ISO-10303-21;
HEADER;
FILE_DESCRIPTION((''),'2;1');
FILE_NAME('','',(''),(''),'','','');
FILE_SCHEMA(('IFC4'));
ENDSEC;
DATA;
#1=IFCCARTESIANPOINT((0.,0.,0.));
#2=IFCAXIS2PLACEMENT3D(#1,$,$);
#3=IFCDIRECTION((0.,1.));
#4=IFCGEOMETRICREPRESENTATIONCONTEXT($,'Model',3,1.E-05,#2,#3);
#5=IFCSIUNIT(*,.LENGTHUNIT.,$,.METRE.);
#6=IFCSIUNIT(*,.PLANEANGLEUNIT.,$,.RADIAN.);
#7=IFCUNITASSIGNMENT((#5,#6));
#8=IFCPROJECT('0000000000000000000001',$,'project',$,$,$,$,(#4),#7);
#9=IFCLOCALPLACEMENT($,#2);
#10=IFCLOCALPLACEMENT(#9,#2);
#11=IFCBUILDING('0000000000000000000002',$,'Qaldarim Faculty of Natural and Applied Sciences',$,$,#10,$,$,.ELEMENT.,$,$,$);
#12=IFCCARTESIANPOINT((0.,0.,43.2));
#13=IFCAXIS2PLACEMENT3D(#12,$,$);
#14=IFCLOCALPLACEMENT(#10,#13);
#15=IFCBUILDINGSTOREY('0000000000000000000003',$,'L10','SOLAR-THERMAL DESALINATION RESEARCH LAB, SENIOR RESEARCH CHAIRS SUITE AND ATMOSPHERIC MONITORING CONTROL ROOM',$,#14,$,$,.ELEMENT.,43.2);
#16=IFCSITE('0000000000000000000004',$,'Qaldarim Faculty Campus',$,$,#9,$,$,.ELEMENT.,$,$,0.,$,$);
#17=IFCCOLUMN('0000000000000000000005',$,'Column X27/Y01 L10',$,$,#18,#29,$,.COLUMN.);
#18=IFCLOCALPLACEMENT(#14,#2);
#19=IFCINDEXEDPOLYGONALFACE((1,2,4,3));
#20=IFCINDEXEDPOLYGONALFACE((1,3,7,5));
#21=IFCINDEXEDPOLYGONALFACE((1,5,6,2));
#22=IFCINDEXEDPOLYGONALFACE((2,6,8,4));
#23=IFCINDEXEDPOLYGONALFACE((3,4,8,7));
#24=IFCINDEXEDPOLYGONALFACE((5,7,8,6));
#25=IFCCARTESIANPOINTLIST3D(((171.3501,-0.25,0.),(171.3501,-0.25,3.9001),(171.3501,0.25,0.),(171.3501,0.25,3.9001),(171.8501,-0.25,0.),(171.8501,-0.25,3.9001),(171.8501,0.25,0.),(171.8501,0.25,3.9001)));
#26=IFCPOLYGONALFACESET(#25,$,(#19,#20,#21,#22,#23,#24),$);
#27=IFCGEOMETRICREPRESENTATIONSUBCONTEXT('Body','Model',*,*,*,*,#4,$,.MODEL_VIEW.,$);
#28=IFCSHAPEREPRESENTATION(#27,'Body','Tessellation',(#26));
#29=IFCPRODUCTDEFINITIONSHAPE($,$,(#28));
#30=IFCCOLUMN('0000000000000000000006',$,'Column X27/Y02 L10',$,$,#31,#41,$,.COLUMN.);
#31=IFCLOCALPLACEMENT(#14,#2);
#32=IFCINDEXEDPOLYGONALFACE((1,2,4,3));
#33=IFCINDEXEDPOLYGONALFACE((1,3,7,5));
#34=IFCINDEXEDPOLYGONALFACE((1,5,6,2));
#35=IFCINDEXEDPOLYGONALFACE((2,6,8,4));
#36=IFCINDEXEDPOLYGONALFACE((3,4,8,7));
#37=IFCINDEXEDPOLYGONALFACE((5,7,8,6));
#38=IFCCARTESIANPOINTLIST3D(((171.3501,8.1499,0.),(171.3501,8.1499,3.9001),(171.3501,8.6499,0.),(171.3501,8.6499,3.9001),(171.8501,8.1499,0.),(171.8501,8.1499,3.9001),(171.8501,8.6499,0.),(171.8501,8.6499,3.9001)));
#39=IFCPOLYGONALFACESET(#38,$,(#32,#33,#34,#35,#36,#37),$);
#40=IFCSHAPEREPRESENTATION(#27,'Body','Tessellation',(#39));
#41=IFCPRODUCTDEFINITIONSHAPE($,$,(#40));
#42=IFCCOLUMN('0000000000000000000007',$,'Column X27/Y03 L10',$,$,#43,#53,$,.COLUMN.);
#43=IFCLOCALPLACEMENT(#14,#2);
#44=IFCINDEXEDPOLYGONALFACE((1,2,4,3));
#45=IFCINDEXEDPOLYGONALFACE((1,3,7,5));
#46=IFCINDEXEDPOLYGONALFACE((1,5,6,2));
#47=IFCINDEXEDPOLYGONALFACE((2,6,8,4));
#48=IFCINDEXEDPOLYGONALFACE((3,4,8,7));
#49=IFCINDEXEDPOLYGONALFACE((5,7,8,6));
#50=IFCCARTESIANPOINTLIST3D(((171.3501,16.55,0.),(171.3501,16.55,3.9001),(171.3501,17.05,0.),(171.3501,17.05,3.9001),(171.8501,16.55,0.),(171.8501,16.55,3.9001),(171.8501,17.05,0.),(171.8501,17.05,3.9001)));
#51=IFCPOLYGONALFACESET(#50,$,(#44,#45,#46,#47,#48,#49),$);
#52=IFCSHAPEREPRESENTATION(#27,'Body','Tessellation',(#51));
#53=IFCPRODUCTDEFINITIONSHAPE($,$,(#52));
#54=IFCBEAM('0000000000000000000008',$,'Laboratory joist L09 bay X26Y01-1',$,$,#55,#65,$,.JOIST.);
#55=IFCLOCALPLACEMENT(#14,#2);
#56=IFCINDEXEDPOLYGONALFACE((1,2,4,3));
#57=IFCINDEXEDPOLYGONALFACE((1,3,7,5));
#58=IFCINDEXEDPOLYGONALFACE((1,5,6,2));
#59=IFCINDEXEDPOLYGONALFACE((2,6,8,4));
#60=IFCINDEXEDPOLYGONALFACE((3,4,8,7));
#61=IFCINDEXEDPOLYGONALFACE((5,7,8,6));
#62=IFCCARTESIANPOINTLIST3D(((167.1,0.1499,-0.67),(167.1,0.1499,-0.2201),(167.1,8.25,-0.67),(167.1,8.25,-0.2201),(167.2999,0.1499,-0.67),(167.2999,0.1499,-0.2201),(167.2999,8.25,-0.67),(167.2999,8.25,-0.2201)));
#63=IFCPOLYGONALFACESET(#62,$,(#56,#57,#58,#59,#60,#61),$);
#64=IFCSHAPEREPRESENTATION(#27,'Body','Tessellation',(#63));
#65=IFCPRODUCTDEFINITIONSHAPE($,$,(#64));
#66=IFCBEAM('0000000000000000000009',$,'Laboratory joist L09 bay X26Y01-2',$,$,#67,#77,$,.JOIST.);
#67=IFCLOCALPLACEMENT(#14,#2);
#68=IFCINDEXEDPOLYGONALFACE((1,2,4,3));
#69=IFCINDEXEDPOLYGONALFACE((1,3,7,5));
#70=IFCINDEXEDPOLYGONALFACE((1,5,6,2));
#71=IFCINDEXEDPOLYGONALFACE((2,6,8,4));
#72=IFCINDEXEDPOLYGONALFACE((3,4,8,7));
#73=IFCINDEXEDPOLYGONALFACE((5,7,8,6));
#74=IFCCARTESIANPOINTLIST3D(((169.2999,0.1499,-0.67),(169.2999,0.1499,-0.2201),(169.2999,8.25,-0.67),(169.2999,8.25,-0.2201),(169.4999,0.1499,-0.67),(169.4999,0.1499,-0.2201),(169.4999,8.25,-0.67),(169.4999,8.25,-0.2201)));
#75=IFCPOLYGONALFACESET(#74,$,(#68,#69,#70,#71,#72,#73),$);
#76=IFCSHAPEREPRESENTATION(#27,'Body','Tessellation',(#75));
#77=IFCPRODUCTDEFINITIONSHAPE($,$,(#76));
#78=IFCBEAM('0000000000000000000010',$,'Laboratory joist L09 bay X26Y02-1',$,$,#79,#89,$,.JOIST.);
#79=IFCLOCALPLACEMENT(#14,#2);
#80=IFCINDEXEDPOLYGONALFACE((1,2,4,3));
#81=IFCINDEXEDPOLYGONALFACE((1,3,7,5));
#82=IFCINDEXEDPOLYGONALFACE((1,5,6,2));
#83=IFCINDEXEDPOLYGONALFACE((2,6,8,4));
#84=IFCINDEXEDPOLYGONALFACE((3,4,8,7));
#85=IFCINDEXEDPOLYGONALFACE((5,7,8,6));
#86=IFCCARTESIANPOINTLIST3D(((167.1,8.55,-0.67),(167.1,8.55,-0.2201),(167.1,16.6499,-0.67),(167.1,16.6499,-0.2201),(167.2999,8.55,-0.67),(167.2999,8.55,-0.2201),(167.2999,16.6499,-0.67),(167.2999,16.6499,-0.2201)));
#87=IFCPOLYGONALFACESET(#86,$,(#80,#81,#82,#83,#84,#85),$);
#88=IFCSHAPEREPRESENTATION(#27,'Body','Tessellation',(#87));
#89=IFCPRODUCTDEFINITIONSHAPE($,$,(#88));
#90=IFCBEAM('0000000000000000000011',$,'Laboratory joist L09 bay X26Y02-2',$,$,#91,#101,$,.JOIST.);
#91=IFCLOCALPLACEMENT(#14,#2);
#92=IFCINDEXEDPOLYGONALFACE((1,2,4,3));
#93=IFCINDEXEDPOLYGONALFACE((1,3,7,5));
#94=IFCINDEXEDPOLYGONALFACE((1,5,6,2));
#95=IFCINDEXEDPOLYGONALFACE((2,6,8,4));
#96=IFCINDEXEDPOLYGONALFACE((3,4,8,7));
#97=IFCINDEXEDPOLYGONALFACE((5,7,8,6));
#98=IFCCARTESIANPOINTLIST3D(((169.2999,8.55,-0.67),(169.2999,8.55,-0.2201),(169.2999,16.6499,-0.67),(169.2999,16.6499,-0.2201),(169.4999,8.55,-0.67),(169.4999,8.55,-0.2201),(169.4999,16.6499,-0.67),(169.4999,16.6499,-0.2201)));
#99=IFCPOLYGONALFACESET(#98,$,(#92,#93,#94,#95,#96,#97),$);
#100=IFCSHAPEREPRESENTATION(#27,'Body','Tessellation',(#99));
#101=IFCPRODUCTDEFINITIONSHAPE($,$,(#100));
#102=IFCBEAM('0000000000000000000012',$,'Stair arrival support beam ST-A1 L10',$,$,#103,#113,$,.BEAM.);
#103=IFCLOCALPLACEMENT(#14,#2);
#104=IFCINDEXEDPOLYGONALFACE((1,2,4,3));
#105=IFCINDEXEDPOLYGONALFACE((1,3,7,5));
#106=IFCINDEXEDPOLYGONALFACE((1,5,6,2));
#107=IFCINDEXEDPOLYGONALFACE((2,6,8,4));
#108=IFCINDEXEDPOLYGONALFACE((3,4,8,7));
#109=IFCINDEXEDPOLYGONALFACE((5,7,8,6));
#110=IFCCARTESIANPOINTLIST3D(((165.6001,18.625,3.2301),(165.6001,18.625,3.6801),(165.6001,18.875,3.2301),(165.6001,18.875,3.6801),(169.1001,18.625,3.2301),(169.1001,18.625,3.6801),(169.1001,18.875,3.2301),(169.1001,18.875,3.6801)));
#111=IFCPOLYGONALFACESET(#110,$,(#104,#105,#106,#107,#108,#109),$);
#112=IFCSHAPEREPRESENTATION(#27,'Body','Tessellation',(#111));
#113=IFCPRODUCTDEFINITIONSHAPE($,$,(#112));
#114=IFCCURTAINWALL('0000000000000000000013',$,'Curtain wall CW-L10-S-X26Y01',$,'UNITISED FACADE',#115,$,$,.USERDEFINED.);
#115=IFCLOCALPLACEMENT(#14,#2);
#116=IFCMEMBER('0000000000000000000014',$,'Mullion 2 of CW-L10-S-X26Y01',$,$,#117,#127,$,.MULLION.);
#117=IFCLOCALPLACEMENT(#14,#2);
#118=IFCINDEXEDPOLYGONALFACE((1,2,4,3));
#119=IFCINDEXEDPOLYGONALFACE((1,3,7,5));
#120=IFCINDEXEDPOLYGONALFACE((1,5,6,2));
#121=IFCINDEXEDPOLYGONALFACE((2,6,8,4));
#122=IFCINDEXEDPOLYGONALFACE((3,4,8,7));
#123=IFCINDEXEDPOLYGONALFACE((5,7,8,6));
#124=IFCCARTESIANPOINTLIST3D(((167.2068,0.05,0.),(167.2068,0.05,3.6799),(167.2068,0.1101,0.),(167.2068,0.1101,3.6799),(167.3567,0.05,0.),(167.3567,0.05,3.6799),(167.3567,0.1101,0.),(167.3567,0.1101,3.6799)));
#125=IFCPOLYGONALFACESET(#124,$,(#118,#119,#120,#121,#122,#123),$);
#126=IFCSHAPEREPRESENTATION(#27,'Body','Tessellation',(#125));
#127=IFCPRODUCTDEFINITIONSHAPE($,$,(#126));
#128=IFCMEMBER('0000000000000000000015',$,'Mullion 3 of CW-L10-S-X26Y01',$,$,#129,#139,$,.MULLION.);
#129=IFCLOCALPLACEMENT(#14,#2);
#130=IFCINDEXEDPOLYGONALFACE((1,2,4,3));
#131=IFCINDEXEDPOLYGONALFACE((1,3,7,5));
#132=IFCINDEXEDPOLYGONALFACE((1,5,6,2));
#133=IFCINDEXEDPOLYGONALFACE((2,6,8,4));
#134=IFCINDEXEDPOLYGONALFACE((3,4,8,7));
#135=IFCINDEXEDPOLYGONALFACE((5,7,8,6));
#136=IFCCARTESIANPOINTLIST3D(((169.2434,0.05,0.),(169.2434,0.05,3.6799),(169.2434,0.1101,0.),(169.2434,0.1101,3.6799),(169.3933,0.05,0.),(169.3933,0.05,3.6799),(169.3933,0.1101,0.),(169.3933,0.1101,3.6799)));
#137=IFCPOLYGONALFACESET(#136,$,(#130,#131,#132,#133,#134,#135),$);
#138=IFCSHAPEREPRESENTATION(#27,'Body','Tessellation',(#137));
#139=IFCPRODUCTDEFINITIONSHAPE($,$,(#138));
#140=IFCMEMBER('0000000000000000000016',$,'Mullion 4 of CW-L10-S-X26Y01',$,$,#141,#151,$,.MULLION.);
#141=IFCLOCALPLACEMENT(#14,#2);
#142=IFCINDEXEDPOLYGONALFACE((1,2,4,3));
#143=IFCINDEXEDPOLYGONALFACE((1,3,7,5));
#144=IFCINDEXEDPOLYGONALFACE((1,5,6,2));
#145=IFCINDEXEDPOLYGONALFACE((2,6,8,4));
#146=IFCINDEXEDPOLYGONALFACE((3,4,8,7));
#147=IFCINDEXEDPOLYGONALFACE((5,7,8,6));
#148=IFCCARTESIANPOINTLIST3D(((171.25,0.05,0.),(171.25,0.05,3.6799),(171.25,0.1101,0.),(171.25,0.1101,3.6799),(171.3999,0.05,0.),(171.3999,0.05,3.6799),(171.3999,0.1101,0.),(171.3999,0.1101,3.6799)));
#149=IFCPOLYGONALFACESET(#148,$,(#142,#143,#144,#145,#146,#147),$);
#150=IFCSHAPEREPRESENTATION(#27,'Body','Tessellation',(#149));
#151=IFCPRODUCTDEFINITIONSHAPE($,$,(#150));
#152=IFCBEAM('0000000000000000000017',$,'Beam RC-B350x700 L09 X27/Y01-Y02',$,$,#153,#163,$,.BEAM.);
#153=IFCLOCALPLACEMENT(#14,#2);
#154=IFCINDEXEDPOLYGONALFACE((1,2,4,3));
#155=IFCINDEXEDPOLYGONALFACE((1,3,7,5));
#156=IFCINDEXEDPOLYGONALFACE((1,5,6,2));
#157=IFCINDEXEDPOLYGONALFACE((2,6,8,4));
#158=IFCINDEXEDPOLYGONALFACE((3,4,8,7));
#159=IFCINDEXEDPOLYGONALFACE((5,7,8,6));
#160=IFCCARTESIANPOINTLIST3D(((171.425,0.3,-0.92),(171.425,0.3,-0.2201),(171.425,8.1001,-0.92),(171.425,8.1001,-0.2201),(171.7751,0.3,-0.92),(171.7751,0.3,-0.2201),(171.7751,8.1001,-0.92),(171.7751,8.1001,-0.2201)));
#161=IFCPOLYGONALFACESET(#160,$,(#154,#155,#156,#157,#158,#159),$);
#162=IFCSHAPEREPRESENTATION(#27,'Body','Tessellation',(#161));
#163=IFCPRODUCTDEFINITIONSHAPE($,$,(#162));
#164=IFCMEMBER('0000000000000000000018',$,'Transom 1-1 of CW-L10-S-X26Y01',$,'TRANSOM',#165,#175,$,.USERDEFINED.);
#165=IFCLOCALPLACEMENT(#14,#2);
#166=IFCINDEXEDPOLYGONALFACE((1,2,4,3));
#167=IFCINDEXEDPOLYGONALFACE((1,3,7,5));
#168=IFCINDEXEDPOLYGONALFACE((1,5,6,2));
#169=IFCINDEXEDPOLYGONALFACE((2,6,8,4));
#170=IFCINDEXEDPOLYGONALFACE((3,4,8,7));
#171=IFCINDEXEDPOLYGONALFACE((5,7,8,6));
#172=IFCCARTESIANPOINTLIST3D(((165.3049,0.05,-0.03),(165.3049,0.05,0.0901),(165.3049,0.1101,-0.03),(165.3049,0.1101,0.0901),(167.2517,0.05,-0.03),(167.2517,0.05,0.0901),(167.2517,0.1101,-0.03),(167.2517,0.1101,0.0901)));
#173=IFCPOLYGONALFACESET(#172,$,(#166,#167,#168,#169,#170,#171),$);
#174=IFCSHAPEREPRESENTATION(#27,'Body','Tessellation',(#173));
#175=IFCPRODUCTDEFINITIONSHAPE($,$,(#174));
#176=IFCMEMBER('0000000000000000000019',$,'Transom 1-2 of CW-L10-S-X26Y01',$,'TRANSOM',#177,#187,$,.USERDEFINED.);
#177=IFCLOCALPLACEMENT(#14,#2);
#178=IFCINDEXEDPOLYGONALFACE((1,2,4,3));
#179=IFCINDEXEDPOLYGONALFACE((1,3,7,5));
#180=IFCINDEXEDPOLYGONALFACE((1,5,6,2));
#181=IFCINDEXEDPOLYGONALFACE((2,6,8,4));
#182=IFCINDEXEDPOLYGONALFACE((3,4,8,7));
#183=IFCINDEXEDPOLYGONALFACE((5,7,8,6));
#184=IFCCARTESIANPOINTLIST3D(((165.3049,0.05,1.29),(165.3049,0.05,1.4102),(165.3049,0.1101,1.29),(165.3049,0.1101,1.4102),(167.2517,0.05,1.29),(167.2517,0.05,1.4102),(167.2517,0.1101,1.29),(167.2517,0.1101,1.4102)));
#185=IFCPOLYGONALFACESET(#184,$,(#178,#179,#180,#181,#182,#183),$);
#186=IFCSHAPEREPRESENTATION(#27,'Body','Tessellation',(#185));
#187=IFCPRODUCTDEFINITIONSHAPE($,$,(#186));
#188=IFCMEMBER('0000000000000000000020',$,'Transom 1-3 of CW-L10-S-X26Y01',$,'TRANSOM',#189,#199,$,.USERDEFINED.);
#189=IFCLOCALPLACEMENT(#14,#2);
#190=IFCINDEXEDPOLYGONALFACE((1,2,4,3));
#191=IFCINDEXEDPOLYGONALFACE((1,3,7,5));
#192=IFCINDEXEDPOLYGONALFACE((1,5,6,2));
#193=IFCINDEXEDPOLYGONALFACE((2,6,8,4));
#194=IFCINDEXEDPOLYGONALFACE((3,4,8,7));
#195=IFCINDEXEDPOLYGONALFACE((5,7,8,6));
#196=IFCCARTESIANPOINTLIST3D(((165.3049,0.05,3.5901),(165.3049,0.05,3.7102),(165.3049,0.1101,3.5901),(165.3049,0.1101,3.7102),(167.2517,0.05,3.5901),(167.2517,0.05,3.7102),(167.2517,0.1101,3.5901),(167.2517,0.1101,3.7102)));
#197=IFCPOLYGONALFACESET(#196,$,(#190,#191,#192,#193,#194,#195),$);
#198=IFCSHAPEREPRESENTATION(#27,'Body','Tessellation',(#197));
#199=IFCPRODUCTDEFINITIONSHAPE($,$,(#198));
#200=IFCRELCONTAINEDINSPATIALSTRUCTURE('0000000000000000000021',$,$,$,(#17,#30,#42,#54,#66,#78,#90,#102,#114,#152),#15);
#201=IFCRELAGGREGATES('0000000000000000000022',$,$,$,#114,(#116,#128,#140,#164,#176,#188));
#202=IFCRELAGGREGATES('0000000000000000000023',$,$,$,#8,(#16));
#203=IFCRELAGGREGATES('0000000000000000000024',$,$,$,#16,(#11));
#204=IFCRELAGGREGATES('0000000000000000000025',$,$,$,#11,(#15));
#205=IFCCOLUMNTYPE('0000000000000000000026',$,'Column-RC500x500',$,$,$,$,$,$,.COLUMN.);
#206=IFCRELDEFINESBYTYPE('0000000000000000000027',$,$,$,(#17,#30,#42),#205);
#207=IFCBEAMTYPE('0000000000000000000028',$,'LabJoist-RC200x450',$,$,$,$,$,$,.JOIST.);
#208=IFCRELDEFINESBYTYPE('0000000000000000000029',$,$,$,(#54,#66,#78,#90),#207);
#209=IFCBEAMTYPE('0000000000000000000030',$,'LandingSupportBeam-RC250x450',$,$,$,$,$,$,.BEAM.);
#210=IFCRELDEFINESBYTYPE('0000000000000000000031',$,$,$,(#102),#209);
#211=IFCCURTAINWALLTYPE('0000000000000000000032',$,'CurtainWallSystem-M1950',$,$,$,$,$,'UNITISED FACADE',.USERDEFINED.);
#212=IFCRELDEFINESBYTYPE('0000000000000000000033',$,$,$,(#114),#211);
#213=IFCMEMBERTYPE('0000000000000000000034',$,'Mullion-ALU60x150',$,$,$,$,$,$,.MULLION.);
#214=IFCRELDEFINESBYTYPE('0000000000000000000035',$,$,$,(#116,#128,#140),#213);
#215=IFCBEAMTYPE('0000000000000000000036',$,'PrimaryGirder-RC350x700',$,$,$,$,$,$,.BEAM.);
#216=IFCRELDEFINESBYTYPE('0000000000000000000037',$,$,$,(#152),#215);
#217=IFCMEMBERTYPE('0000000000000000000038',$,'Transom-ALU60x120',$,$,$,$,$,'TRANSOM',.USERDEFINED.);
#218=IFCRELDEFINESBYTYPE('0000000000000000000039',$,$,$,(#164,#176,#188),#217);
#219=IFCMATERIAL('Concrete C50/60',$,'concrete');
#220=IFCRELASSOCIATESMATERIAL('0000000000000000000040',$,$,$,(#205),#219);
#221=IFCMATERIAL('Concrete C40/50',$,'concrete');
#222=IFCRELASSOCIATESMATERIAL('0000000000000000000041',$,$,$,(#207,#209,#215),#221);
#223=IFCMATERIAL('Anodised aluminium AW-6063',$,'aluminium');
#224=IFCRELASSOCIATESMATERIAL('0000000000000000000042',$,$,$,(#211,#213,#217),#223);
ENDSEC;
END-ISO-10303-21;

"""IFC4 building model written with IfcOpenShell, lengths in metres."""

from ifc_helpers import new_model, si_unit, direction, frame, origin, origin_2d, place, context, subcontext, project, spatial, rectangle, extrude, material, material_profile, profile_set, type_object, element, aggregate, save


model = new_model("IFC4")

# Units and contexts
model_context = context("Model", 3, precision=1e-05, world=origin(), true_north=direction((0.0, 1.0)))
body_context = subcontext(model_context, "Body", "Model", "MODEL_VIEW")
ifc_project = project(units=[si_unit("LENGTHUNIT", "METRE"), si_unit("PLANEANGLEUNIT", "RADIAN")], contexts=[model_context])

# Site, building, storey
site_placement = place(None, origin())
site = spatial("IfcSite", under=ifc_project, at=site_placement, Name="Qaldarim Faculty Campus", CompositionType="ELEMENT", RefElevation=0.0)
building_placement = place(site_placement, origin())
building = spatial("IfcBuilding", under=site, at=building_placement, Name="Qaldarim Faculty of Natural and Applied Sciences", CompositionType="ELEMENT")
storey_placement = place(building_placement, frame((0.0, 0.0, 43.2)))
storey = spatial("IfcBuildingStorey", under=building, at=storey_placement, Name="L10", Description="SOLAR-THERMAL DESALINATION RESEARCH LAB, SENIOR RESEARCH CHAIRS SUITE AND ATMOSPHERIC MONITORING CONTROL ROOM", CompositionType="ELEMENT", Elevation=43.2)

# Columns
ifc_material_1 = material(Name="Concrete C50/60", Category="concrete")
ifc_material_profile_1 = material_profile(ifc_material_1, rectangle(XDim=0.5, YDim=0.5, at=origin_2d()), Name="RC-C500x500")
ifc_profile_set_1 = profile_set([ifc_material_profile_1], Name="Concrete C50/60")
column_type = type_object("IfcColumnType", Name="Column-RC500x500", PredefinedType="COLUMN", material=ifc_profile_set_1)
for number, where, z_axis, x_axis, name in (
    (1, (171.6001, 0.0, 0.0), (0.0, 0.0, 1.0), (1.0, 0.0, 0.0), "Column X27/Y01 L10"),
    (2, (171.6001, 8.3999, 0.0), (0.0, 0.0, 1.0), (1.0, 0.0, 0.0), "Column X27/Y02 L10"),
    (3, (171.6001, 16.8, 0.0), (0.0, 0.0, 1.0), (1.0, 0.0, 0.0), "Column X27/Y03 L10"),
):
    element("IfcColumn", number, at=place(storey_placement, frame(where, z_axis=z_axis, x_axis=x_axis)), inside=storey, type_object=column_type, Name=name, PredefinedType="COLUMN", context=body_context, shape_type="SweptSolid", body=[
        extrude(rectangle(XDim=0.5, YDim=0.5, at=origin_2d()), origin(), (0.0, 0.0, 1.0), 3.9001),
    ])

# Beams
ifc_material_2 = material(Name="Concrete C40/50", Category="concrete")
ifc_material_profile_2 = material_profile(ifc_material_2, rectangle(XDim=0.2, YDim=0.45, at=origin_2d()), Name="RC-J200x450")
ifc_profile_set_2 = profile_set([ifc_material_profile_2], Name="Concrete C40/50")
beam_type_1 = type_object("IfcBeamType", Name="LabJoist-RC200x450", PredefinedType="JOIST", material=ifc_profile_set_2)
for number, where, z_axis, x_axis, name in (
    (4, (167.2, 0.1499, -0.4451), (0.0, 1.0, 0.0), (-1.0, 0.0, 0.0), "Laboratory joist L09 bay X26Y01-1"),
    (5, (169.3999, 0.1499, -0.4451), (0.0, 1.0, 0.0), (-1.0, 0.0, 0.0), "Laboratory joist L09 bay X26Y01-2"),
):
    element("IfcBeam", number, at=place(storey_placement, frame(where, z_axis=z_axis, x_axis=x_axis)), inside=storey, type_object=beam_type_1, Name=name, PredefinedType="JOIST", context=body_context, shape_type="SweptSolid", body=[
        extrude(rectangle(XDim=0.2, YDim=0.45, at=origin_2d()), origin(), (0.0, 0.0, 1.0), 8.1001),
    ])
for number, where, z_axis, x_axis, name in (
    (6, (167.2, 8.55, -0.4451), (0.0, 1.0, 0.0), (-1.0, 0.0, 0.0), "Laboratory joist L09 bay X26Y02-1"),
    (7, (169.3999, 8.55, -0.4451), (0.0, 1.0, 0.0), (-1.0, 0.0, 0.0), "Laboratory joist L09 bay X26Y02-2"),
):
    element("IfcBeam", number, at=place(storey_placement, frame(where, z_axis=z_axis, x_axis=x_axis)), inside=storey, type_object=beam_type_1, Name=name, PredefinedType="JOIST", context=body_context, shape_type="SweptSolid", body=[
        extrude(rectangle(XDim=0.2, YDim=0.45, at=origin_2d()), origin(), (0.0, 0.0, 1.0), 8.0999),
    ])
ifc_material_profile_3 = material_profile(ifc_material_2, rectangle(XDim=0.25, YDim=0.45, at=origin_2d()), Name="RC-LN250x450")
ifc_profile_set_3 = profile_set([ifc_material_profile_3], Name="Concrete C40/50")
beam_type_2 = type_object("IfcBeamType", Name="LandingSupportBeam-RC250x450", PredefinedType="BEAM", material=ifc_profile_set_3)
beam_1_placement = place(storey_placement, frame((165.6001, 18.75, 3.4551), z_axis=(1.0, 0.0, 0.0), x_axis=(0.0, 1.0, 0.0)))
element("IfcBeam", 8, at=beam_1_placement, inside=storey, type_object=beam_type_2, Name="Stair arrival support beam ST-A1 L10", PredefinedType="BEAM", context=body_context, shape_type="SweptSolid", body=[
    extrude(rectangle(XDim=0.25, YDim=0.45, at=origin_2d()), origin(), (0.0, 0.0, 1.0), 3.5),
])

# Curtain wall, members
ifc_material_3 = material(Name="Anodised aluminium AW-6063", Category="aluminium")
curtain_wall_type = type_object("IfcCurtainWallType", Name="CurtainWallSystem-M1950", ElementType="UNITISED FACADE", PredefinedType="USERDEFINED", material=ifc_material_3)
curtain_wall_placement = place(storey_placement, origin())
curtain_wall = element("IfcCurtainWall", 9, at=curtain_wall_placement, inside=storey, type_object=curtain_wall_type, Name="Curtain wall CW-L10-S-X26Y01", ObjectType="UNITISED FACADE", PredefinedType="USERDEFINED")
ifc_material_profile_4 = material_profile(ifc_material_3, rectangle(XDim=0.0601, YDim=0.1499, at=origin_2d()), Name="ALU-M60x150")
ifc_profile_set_4 = profile_set([ifc_material_profile_4], Name="Anodised aluminium AW-6063")
member_type_1 = type_object("IfcMemberType", Name="Mullion-ALU60x150", PredefinedType="MULLION", material=ifc_profile_set_4)
member_1_placement = place(storey_placement, frame((167.2817, 0.0801, 0.0), z_axis=(0.0, 0.0, 1.0), x_axis=(0.0, 1.0, 0.0)))
member_1 = element("IfcMember", 10, at=member_1_placement, type_object=member_type_1, Name="Mullion 2 of CW-L10-S-X26Y01", PredefinedType="MULLION", context=body_context, shape_type="SweptSolid", body=[
    extrude(rectangle(XDim=0.0601, YDim=0.1499, at=origin_2d()), origin(), (0.0, 0.0, 1.0), 3.6799),
])
member_2_placement = place(storey_placement, frame((169.3184, 0.0801, 0.0), z_axis=(0.0, 0.0, 1.0), x_axis=(0.0, 1.0, 0.0)))
member_2 = element("IfcMember", 11, at=member_2_placement, type_object=member_type_1, Name="Mullion 3 of CW-L10-S-X26Y01", PredefinedType="MULLION", context=body_context, shape_type="SweptSolid", body=[
    extrude(rectangle(XDim=0.0601, YDim=0.1499, at=origin_2d()), origin(), (0.0, 0.0, 1.0), 3.6799),
])
member_3_placement = place(storey_placement, frame((171.325, 0.0801, 0.0), z_axis=(0.0, 0.0, 1.0), x_axis=(0.0, 1.0, 0.0)))
member_3 = element("IfcMember", 12, at=member_3_placement, type_object=member_type_1, Name="Mullion 4 of CW-L10-S-X26Y01", PredefinedType="MULLION", context=body_context, shape_type="SweptSolid", body=[
    extrude(rectangle(XDim=0.0601, YDim=0.1499, at=origin_2d()), origin(), (0.0, 0.0, 1.0), 3.6799),
])

# Beam
ifc_material_profile_5 = material_profile(ifc_material_2, rectangle(XDim=0.3501, YDim=0.7, at=origin_2d()), Name="RC-B350x700")
ifc_profile_set_5 = profile_set([ifc_material_profile_5], Name="Concrete C40/50")
beam_type_3 = type_object("IfcBeamType", Name="PrimaryGirder-RC350x700", PredefinedType="BEAM", material=ifc_profile_set_5)
beam_2_placement = place(storey_placement, frame((171.6001, 0.3, -0.5701), z_axis=(0.0, 1.0, 0.0), x_axis=(-1.0, 0.0, 0.0)))
element("IfcBeam", 13, at=beam_2_placement, inside=storey, type_object=beam_type_3, Name="Beam RC-B350x700 L09 X27/Y01-Y02", PredefinedType="BEAM", context=body_context, shape_type="SweptSolid", body=[
    extrude(rectangle(XDim=0.3501, YDim=0.7, at=origin_2d()), origin(), (0.0, 0.0, 1.0), 7.8),
])

# Members
ifc_material_profile_6 = material_profile(ifc_material_3, rectangle(XDim=0.0601, YDim=0.1201, at=origin_2d()), Name="ALU-T60x120")
ifc_profile_set_6 = profile_set([ifc_material_profile_6], Name="Anodised aluminium AW-6063")
member_type_2 = type_object("IfcMemberType", Name="Transom-ALU60x120", ElementType="TRANSOM", PredefinedType="USERDEFINED", material=ifc_profile_set_6)
member_4_placement = place(storey_placement, frame((165.3049, 0.0801, 0.03), z_axis=(1.0, 0.0, 0.0), x_axis=(0.0, 1.0, 0.0)))
member_4 = element("IfcMember", 14, at=member_4_placement, type_object=member_type_2, Name="Transom 1-1 of CW-L10-S-X26Y01", ObjectType="TRANSOM", PredefinedType="USERDEFINED", context=body_context, shape_type="SweptSolid", body=[
    extrude(rectangle(XDim=0.0601, YDim=0.1201, at=origin_2d()), origin(), (0.0, 0.0, 1.0), 1.9468),
])
member_5_placement = place(storey_placement, frame((165.3049, 0.0801, 1.3501), z_axis=(1.0, 0.0, 0.0), x_axis=(0.0, 1.0, 0.0)))
member_5 = element("IfcMember", 15, at=member_5_placement, type_object=member_type_2, Name="Transom 1-2 of CW-L10-S-X26Y01", ObjectType="TRANSOM", PredefinedType="USERDEFINED", context=body_context, shape_type="SweptSolid", body=[
    extrude(rectangle(XDim=0.0601, YDim=0.1201, at=origin_2d()), origin(), (0.0, 0.0, 1.0), 1.9468),
])
member_6_placement = place(storey_placement, frame((165.3049, 0.0801, 3.6501), z_axis=(1.0, 0.0, 0.0), x_axis=(0.0, 1.0, 0.0)))
member_6 = element("IfcMember", 16, at=member_6_placement, type_object=member_type_2, Name="Transom 1-3 of CW-L10-S-X26Y01", ObjectType="TRANSOM", PredefinedType="USERDEFINED", context=body_context, shape_type="SweptSolid", body=[
    extrude(rectangle(XDim=0.0601, YDim=0.1201, at=origin_2d()), origin(), (0.0, 0.0, 1.0), 1.9468),
])

aggregate(curtain_wall, [member_1, member_2, member_3, member_4, member_5, member_6])

save(model, "model.ifc")
